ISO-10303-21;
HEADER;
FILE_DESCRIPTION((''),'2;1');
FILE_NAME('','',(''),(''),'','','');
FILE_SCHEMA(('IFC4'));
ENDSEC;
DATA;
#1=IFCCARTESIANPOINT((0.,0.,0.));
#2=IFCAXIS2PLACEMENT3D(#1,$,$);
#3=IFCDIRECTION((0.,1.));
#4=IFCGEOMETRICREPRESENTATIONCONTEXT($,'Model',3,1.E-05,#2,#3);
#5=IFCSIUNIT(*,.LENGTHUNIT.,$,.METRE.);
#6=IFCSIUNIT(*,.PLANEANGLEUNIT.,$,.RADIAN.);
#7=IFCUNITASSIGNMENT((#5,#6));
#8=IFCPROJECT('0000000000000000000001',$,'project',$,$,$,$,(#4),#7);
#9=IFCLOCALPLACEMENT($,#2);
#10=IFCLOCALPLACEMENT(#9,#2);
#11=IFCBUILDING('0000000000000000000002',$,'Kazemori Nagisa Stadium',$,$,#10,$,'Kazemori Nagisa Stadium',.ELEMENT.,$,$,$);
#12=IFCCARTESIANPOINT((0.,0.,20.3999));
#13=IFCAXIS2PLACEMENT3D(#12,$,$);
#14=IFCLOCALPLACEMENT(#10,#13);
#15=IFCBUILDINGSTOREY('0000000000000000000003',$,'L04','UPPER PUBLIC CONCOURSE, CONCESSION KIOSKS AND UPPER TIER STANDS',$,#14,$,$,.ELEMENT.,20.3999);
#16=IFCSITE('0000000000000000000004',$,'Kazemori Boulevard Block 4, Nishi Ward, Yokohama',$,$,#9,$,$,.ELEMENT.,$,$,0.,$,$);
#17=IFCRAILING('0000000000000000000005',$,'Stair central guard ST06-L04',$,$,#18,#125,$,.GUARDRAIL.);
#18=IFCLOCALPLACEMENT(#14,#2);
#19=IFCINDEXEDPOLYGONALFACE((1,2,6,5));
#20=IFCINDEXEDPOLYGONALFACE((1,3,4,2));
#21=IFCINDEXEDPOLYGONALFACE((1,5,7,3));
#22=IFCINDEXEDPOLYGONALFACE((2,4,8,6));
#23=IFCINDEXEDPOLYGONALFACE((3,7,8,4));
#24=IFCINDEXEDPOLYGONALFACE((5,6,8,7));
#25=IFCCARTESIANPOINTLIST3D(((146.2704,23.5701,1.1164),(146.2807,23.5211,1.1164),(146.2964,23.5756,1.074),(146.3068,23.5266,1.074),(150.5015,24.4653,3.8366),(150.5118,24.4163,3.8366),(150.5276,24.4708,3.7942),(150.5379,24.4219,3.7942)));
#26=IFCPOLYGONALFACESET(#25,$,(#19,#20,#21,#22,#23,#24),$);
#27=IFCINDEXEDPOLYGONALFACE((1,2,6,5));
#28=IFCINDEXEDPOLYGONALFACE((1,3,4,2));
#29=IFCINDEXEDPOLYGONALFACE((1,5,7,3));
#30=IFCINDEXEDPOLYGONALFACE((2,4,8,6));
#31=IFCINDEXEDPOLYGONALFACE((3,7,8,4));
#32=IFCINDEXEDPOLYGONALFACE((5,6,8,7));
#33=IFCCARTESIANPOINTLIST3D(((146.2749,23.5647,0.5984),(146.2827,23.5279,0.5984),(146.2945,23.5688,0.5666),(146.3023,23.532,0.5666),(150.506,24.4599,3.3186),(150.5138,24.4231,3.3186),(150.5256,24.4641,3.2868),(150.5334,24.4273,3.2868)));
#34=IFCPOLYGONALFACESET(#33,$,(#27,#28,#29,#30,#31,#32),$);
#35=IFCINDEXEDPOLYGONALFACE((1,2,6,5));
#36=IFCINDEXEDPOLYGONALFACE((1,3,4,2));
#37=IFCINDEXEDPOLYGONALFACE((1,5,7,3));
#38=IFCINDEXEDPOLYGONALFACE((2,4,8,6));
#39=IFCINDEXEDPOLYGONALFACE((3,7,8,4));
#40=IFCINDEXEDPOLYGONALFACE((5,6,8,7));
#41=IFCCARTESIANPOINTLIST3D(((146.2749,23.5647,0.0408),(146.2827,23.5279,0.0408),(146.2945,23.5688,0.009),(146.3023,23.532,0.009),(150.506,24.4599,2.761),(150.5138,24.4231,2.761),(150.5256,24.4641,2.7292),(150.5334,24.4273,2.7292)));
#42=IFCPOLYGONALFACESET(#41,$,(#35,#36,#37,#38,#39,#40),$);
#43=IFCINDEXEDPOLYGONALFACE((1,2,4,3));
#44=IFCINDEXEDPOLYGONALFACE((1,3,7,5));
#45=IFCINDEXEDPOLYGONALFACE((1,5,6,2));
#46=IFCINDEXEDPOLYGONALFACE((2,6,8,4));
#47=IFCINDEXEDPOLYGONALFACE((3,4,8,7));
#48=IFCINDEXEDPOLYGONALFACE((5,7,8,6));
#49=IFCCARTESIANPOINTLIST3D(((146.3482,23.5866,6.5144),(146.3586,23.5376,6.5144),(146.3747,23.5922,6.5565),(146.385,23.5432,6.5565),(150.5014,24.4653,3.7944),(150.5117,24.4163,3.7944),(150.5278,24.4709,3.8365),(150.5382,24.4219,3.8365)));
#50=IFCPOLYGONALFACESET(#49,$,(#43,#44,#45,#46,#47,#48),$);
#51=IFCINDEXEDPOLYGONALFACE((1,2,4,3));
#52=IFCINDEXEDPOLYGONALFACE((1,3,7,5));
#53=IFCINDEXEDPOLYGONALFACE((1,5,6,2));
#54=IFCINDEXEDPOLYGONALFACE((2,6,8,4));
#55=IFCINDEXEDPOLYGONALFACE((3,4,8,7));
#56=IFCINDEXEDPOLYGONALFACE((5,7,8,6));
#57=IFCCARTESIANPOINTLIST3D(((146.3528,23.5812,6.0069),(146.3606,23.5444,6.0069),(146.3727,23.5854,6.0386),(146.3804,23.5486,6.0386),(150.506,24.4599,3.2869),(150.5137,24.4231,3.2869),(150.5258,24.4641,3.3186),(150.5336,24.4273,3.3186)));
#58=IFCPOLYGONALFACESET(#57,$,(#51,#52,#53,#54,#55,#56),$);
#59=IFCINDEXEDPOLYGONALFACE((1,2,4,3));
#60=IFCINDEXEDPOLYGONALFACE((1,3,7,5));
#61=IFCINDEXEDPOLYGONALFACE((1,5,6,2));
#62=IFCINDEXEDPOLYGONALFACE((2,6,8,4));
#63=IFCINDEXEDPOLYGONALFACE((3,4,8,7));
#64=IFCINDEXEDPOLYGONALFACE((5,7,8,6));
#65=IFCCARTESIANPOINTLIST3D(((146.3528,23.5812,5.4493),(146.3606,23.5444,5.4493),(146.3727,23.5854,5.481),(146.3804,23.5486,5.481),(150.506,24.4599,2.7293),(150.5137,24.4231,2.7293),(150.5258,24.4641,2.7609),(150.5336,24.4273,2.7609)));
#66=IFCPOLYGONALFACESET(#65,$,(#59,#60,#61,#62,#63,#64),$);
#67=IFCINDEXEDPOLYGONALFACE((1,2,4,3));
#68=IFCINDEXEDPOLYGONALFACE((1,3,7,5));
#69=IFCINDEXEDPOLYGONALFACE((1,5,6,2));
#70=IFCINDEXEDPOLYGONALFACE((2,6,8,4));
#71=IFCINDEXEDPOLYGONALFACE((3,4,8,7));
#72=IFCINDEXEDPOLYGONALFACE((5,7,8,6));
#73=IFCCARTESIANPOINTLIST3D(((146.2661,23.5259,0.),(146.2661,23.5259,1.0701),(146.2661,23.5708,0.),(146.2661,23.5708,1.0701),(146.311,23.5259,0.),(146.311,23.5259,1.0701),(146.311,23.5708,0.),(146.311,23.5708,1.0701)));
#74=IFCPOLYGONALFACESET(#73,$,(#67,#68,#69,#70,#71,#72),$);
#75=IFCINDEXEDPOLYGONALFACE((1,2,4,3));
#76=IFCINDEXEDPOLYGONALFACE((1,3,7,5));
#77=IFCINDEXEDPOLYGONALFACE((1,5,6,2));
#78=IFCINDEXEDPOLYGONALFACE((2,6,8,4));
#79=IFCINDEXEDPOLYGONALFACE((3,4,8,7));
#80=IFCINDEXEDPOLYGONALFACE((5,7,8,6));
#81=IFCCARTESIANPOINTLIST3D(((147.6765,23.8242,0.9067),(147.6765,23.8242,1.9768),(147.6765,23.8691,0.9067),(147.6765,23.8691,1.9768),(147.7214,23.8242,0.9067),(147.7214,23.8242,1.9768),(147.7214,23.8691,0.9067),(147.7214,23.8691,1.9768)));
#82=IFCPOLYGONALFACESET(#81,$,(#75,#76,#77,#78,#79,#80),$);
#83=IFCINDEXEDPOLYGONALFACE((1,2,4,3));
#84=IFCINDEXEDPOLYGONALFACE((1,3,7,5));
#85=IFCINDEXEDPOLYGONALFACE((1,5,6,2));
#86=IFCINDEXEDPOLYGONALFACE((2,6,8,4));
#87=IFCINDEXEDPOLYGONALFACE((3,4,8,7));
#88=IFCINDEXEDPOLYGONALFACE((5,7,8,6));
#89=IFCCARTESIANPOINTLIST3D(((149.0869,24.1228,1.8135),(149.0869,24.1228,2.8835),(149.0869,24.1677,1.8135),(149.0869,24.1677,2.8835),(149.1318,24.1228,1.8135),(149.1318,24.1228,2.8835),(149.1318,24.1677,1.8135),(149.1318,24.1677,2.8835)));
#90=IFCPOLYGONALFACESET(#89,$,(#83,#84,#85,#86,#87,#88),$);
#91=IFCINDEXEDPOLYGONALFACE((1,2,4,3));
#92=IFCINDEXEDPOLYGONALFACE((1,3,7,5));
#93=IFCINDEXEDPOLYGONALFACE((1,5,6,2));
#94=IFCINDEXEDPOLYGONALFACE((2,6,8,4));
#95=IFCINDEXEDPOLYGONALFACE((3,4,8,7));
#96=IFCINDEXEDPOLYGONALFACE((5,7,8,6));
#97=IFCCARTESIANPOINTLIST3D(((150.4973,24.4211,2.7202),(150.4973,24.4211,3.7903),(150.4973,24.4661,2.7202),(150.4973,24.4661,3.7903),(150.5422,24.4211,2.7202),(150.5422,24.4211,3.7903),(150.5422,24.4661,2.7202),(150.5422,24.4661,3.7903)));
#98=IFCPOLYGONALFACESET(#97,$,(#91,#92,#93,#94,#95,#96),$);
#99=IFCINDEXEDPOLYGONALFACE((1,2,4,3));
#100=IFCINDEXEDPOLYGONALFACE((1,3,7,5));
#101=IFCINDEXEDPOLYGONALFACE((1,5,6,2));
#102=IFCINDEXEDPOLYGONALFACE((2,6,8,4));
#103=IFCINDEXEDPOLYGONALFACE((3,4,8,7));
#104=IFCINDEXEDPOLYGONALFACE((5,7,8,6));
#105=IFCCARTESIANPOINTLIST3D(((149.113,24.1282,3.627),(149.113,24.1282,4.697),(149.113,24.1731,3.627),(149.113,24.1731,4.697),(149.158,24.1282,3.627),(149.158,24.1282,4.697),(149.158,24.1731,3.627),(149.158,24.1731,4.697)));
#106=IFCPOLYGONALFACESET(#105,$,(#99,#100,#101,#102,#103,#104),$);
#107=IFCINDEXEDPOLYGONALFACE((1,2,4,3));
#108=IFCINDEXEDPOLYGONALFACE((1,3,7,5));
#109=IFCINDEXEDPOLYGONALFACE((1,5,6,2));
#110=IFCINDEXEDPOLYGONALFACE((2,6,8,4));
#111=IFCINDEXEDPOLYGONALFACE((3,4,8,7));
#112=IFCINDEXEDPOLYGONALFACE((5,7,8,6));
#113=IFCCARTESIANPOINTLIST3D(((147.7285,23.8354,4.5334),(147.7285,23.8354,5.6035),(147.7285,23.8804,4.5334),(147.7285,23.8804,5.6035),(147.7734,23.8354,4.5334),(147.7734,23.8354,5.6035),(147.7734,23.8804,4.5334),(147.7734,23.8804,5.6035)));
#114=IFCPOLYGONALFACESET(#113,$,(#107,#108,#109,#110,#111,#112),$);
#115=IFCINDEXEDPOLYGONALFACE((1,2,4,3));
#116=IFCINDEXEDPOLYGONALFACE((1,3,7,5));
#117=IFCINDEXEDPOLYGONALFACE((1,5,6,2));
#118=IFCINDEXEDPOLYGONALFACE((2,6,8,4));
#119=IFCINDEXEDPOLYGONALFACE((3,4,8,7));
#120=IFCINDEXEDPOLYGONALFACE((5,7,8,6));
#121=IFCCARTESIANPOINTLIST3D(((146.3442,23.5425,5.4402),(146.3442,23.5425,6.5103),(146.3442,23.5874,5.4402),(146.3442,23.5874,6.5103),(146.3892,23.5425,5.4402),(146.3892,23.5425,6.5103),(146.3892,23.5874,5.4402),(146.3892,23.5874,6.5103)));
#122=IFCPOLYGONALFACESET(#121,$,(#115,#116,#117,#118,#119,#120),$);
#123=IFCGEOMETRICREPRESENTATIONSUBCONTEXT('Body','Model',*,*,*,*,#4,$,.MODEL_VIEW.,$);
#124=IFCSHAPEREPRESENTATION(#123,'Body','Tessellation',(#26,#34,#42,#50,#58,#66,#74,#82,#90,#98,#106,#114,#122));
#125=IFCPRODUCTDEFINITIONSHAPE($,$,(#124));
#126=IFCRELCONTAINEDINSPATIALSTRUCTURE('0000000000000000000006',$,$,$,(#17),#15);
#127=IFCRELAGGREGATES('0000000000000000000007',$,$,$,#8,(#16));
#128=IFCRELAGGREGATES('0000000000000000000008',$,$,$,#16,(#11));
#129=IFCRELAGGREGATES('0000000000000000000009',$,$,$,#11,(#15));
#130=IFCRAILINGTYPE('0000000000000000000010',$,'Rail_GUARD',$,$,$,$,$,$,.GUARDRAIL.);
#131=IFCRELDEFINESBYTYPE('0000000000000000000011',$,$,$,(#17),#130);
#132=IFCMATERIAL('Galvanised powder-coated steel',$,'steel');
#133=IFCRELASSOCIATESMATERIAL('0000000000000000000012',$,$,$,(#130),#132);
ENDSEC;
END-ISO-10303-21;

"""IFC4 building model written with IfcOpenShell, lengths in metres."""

from ifc_helpers import new_model, si_unit, direction, frame, origin, origin_2d, place, context, subcontext, project, spatial, rectangle, extrude, material, type_object, element, save


model = new_model("IFC4")

# Units and contexts
model_context = context("Model", 3, precision=1e-05, world=origin(), true_north=direction((0.0, 1.0)))
body_context = subcontext(model_context, "Body", "Model", "MODEL_VIEW")
ifc_project = project(units=[si_unit("LENGTHUNIT", "METRE"), si_unit("PLANEANGLEUNIT", "RADIAN")], contexts=[model_context])

# Site, building, storey
site_placement = place(None, origin())
site = spatial("IfcSite", under=ifc_project, at=site_placement, Name="Kazemori Boulevard Block 4, Nishi Ward, Yokohama", CompositionType="ELEMENT", RefElevation=0.0)
building_placement = place(site_placement, origin())
building = spatial("IfcBuilding", under=site, at=building_placement, Name="Kazemori Nagisa Stadium", LongName="Kazemori Nagisa Stadium", CompositionType="ELEMENT")
storey_placement = place(building_placement, frame((0.0, 0.0, 20.3999)))
storey = spatial("IfcBuildingStorey", under=building, at=storey_placement, Name="L04", Description="UPPER PUBLIC CONCOURSE, CONCESSION KIOSKS AND UPPER TIER STANDS", CompositionType="ELEMENT", Elevation=20.3999)

# Railing
ifc_material_1 = material(Name="Galvanised powder-coated steel", Category="steel")
railing_type_1 = type_object("IfcRailingType", Name="Rail_GUARD", PredefinedType="GUARDRAIL", material=ifc_material_1)
railing_1_placement = place(storey_placement, frame((146.2886, 23.5483, 0.0)))
element("IfcRailing", 1, at=railing_1_placement, inside=storey, type_object=railing_type_1, Name="Stair central guard ST06-L04", PredefinedType="GUARDRAIL", context=body_context, shape_type="SweptSolid", body=[
    extrude(rectangle(XDim=0.05, YDim=0.05, at=origin_2d()), frame((0.0, 0.0, 1.0952), z_axis=(0.82815, 0.175225, 0.532413), x_axis=(-0.207003, 0.97834, 0.0)), (0.0, 0.0, 1.0), 5.1091),
    extrude(rectangle(XDim=0.0376, YDim=0.0376, at=origin_2d()), frame((0.0, 0.0, 0.5825), z_axis=(0.82815, 0.175225, 0.532413), x_axis=(-0.207003, 0.97834, 0.0)), (0.0, 0.0, 1.0), 5.1091),
    extrude(rectangle(XDim=0.0376, YDim=0.0376, at=origin_2d()), frame((0.0, 0.0, 0.0249), z_axis=(0.82815, 0.175225, 0.532413), x_axis=(-0.207003, 0.97834, 0.0)), (0.0, 0.0, 1.0), 5.1091),
    extrude(rectangle(XDim=0.05, YDim=0.05, at=origin_2d()), frame((4.2312, 0.8953, 3.8154), z_axis=(-0.823752, -0.17428, 0.539499), x_axis=(0.206987, -0.978344, 0.0)), (0.0, 0.0, 1.0), 5.0417),
    extrude(rectangle(XDim=0.0376, YDim=0.0376, at=origin_2d()), frame((4.2312, 0.8953, 3.3027), z_axis=(-0.823752, -0.17428, 0.539499), x_axis=(0.206987, -0.978344, 0.0)), (0.0, 0.0, 1.0), 5.0417),
    extrude(rectangle(XDim=0.0376, YDim=0.0376, at=origin_2d()), frame((4.2312, 0.8953, 2.7451), z_axis=(-0.823752, -0.17428, 0.539499), x_axis=(0.206987, -0.978344, 0.0)), (0.0, 0.0, 1.0), 5.0417),
    extrude(rectangle(XDim=0.0449, YDim=0.0449, at=origin_2d()), origin(), (0.0, 0.0, 1.0), 1.0701),
    extrude(rectangle(XDim=0.0449, YDim=0.0449, at=origin_2d()), frame((1.4104, 0.2983, 0.9067)), (0.0, 0.0, 1.0), 1.0701),
    extrude(rectangle(XDim=0.0449, YDim=0.0449, at=origin_2d()), frame((2.8208, 0.5969, 1.8135)), (0.0, 0.0, 1.0), 1.0701),
    extrude(rectangle(XDim=0.0449, YDim=0.0449, at=origin_2d()), frame((4.2312, 0.8953, 2.7202)), (0.0, 0.0, 1.0), 1.0701),
    extrude(rectangle(XDim=0.0449, YDim=0.0449, at=origin_2d()), frame((2.8469, 0.6023, 3.627)), (0.0, 0.0, 1.0), 1.0701),
    extrude(rectangle(XDim=0.0449, YDim=0.0449, at=origin_2d()), frame((1.4624, 0.3096, 4.5334)), (0.0, 0.0, 1.0), 1.0701),
    extrude(rectangle(XDim=0.0449, YDim=0.0449, at=origin_2d()), frame((0.0781, 0.0166, 5.4402)), (0.0, 0.0, 1.0), 1.0701),
])

save(model, "model.ifc")
